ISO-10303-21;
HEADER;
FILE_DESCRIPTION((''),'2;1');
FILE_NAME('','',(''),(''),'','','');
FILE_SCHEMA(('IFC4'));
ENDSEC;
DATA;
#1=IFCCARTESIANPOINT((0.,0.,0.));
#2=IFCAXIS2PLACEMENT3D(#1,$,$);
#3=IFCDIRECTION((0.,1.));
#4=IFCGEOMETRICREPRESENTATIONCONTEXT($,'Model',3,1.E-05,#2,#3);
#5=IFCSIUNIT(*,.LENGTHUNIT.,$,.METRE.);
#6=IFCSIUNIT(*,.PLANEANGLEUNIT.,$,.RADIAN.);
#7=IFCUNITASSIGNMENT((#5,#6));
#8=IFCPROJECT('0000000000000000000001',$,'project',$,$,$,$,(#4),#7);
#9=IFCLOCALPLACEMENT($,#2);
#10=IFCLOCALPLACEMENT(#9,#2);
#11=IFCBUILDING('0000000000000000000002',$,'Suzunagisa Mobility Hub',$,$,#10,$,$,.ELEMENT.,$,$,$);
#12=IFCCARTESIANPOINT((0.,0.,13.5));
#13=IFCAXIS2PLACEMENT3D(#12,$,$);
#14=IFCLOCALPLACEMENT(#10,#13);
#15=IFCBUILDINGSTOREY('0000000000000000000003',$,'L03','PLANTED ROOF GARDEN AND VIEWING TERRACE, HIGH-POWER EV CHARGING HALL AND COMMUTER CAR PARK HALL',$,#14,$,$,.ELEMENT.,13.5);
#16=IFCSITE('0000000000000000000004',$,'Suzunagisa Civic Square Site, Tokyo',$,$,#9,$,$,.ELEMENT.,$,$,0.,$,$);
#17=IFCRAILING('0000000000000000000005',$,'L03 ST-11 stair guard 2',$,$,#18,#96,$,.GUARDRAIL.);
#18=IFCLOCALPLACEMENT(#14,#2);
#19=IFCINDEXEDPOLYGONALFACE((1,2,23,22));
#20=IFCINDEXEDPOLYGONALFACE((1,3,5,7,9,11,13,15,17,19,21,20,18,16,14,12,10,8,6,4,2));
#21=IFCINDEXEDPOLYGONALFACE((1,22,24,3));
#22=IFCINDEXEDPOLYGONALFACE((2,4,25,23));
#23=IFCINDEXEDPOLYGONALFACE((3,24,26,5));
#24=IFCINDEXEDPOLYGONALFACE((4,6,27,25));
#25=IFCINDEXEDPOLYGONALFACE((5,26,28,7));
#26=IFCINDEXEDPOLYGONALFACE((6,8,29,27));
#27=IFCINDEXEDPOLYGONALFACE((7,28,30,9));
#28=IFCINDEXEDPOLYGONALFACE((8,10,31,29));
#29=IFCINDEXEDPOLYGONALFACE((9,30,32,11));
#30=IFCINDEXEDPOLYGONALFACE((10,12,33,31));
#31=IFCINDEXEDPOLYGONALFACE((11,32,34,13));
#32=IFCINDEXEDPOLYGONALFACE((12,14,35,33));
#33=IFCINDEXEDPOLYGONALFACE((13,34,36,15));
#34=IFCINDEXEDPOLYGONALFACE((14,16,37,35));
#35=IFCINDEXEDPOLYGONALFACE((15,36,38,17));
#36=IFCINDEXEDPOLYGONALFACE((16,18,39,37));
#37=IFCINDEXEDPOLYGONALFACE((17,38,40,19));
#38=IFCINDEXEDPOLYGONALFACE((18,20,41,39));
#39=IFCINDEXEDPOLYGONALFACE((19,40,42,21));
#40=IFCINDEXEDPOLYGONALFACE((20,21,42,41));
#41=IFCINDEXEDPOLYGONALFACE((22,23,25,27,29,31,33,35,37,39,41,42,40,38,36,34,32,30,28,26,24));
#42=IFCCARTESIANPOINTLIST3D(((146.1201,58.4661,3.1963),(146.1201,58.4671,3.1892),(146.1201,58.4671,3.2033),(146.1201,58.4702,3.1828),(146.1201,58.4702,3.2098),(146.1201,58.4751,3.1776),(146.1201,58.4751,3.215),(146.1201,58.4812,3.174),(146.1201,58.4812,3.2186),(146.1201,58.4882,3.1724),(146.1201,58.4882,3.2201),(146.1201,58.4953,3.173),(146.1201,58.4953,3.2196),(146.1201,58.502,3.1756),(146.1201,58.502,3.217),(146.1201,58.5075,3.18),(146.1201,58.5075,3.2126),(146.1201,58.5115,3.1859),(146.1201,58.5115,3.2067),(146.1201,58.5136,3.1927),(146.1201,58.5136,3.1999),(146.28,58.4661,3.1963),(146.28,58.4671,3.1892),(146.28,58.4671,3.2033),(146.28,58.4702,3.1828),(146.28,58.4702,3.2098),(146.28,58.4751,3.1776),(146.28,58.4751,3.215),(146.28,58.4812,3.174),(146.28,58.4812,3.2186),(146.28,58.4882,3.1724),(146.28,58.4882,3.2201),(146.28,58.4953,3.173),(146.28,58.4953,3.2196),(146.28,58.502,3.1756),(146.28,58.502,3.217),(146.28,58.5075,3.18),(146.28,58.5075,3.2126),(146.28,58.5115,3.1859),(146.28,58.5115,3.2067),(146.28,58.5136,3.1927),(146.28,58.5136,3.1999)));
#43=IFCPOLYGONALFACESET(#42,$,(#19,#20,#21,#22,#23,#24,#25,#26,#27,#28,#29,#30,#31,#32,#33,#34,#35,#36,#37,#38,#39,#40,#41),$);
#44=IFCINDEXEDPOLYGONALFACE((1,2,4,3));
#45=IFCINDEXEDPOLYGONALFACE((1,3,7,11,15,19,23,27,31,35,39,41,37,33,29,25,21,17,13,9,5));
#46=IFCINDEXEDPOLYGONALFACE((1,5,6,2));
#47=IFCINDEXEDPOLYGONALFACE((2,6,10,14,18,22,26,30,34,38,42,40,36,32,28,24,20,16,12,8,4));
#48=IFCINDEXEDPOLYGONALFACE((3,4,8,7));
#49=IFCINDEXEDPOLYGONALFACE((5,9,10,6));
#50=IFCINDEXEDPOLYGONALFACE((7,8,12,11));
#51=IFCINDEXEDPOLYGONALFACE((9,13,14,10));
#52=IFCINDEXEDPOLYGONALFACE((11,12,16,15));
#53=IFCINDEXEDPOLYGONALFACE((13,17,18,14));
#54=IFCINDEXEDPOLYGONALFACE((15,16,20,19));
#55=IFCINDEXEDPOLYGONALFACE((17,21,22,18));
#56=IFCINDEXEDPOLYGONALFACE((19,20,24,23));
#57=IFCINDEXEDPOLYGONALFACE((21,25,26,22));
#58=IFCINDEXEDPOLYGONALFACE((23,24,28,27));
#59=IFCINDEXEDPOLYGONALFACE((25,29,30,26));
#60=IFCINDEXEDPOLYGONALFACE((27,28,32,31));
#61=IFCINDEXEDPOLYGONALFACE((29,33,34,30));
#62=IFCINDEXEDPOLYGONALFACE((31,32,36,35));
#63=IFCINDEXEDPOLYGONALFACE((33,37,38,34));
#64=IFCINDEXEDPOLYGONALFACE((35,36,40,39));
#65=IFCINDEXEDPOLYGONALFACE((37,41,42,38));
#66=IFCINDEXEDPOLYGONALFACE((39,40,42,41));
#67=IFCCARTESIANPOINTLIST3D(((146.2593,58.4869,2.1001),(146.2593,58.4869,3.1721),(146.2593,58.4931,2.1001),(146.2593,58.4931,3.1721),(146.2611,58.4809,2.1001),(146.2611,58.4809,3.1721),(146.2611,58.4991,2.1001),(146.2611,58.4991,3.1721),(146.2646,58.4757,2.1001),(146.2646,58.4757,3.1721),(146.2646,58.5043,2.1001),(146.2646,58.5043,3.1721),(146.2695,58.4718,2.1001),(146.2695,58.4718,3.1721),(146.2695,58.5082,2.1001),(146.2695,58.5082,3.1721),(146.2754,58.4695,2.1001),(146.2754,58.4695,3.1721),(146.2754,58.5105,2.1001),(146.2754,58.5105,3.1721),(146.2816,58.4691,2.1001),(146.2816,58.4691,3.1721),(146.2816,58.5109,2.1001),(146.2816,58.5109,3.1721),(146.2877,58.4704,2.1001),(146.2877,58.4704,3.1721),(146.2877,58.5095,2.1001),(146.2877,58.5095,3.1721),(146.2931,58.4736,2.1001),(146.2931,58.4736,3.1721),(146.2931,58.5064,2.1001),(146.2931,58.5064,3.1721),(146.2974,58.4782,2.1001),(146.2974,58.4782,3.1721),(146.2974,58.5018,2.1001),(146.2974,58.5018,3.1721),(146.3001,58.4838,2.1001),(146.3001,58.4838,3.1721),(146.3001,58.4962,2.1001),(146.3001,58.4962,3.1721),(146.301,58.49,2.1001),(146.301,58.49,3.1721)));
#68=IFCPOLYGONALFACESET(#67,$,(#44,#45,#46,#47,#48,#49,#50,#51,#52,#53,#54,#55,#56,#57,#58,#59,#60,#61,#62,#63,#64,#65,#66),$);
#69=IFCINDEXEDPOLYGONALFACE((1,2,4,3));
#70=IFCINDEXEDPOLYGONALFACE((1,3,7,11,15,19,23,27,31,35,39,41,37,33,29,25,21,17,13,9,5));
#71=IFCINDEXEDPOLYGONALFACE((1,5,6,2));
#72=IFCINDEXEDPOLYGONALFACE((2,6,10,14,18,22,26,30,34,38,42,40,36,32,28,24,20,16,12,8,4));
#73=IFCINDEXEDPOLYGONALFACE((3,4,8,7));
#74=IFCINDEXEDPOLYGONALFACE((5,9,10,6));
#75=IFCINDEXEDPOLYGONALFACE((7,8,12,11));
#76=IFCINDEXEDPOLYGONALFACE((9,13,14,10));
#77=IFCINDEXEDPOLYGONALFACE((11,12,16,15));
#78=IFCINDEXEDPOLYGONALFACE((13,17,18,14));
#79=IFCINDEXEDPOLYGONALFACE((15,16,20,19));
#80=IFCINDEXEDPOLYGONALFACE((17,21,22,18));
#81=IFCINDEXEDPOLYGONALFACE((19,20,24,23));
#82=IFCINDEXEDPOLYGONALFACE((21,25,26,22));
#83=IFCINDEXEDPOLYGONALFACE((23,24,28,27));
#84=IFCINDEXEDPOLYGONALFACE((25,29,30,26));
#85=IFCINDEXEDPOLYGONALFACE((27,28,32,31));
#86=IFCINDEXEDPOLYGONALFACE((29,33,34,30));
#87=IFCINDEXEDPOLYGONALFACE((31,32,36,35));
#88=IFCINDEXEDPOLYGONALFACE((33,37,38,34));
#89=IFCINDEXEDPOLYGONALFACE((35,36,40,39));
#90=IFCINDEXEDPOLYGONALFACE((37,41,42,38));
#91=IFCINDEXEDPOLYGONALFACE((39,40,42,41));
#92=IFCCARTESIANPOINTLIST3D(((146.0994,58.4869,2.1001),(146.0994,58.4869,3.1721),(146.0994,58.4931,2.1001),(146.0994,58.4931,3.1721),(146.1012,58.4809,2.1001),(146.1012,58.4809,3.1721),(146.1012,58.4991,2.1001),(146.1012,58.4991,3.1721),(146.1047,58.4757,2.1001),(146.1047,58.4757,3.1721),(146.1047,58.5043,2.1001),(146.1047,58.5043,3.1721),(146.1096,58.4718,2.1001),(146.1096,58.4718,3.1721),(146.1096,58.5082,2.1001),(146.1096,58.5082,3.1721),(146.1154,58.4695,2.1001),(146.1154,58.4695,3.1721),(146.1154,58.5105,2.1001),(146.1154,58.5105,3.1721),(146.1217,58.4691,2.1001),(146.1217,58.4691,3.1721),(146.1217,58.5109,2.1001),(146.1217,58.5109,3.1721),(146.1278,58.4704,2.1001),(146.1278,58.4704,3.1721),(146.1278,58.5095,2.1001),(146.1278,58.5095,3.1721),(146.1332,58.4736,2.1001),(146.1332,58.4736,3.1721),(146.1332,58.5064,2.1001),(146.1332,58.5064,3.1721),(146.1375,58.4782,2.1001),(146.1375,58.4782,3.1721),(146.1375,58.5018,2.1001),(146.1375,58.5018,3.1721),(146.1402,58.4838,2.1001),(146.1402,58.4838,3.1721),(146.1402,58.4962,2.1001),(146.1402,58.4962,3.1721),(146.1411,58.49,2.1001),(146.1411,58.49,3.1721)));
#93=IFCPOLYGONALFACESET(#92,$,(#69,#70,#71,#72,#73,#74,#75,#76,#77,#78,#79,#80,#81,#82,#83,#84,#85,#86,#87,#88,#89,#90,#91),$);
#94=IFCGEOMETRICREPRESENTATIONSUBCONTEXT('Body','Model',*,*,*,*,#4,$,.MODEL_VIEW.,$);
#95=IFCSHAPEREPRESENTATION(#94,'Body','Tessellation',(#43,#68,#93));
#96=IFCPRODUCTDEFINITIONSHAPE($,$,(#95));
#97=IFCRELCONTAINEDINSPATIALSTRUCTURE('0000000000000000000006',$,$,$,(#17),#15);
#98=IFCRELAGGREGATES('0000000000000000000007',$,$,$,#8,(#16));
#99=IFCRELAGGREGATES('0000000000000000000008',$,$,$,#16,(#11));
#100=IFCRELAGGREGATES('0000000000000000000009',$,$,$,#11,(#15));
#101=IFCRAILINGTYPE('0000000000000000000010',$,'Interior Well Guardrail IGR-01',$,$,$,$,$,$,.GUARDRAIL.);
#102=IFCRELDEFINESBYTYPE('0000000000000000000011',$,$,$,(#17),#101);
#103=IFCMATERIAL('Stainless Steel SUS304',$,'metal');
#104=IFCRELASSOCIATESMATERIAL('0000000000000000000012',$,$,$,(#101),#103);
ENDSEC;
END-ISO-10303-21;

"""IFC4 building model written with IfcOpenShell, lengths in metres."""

from ifc_helpers import new_model, si_unit, direction, frame, origin, origin_2d, place, context, subcontext, project, spatial, circle, extrude, material, type_object, element, save


model = new_model("IFC4")

# Units and contexts
model_context = context("Model", 3, precision=1e-05, world=origin(), true_north=direction((0.0, 1.0)))
body_context = subcontext(model_context, "Body", "Model", "MODEL_VIEW")
ifc_project = project(units=[si_unit("LENGTHUNIT", "METRE"), si_unit("PLANEANGLEUNIT", "RADIAN")], contexts=[model_context])

# Site, building, storey
site_placement = place(None, origin())
site = spatial("IfcSite", under=ifc_project, at=site_placement, Name="Suzunagisa Civic Square Site, Tokyo", CompositionType="ELEMENT", RefElevation=0.0)
building_placement = place(site_placement, origin())
building = spatial("IfcBuilding", under=site, at=building_placement, Name="Suzunagisa Mobility Hub", CompositionType="ELEMENT")
storey_placement = place(building_placement, frame((0.0, 0.0, 13.5)))
storey = spatial("IfcBuildingStorey", under=building, at=storey_placement, Name="L03", Description="PLANTED ROOF GARDEN AND VIEWING TERRACE, HIGH-POWER EV CHARGING HALL AND COMMUTER CAR PARK HALL", CompositionType="ELEMENT", Elevation=13.5)

# Railing
ifc_material_1 = material(Name="Stainless Steel SUS304", Category="metal")
railing_type_1 = type_object("IfcRailingType", Name="Interior Well Guardrail IGR-01", PredefinedType="GUARDRAIL", material=ifc_material_1)
railing_1_placement = place(storey_placement, frame((146.28, 58.49, 2.1001)))
element("IfcRailing", 1, at=railing_1_placement, inside=storey, type_object=railing_type_1, Name="L03 ST-11 stair guard 2", PredefinedType="GUARDRAIL", context=body_context, shape_type="SweptSolid", body=[
    extrude(circle(Radius=0.0239, at=origin_2d()), frame((0.0, 0.0, 1.0962), z_axis=(-1.0, 0.0, 0.0), x_axis=(0.0, -1.0, 0.0)), (0.0, 0.0, 1.0), 0.1599),
    extrude(circle(Radius=0.021, at=origin_2d()), origin(), (0.0, 0.0, 1.0), 1.072),
    extrude(circle(Radius=0.021, at=origin_2d()), frame((-0.1599, 0.0, 0.0)), (0.0, 0.0, 1.0), 1.072),
])

save(model, "model.ifc")
